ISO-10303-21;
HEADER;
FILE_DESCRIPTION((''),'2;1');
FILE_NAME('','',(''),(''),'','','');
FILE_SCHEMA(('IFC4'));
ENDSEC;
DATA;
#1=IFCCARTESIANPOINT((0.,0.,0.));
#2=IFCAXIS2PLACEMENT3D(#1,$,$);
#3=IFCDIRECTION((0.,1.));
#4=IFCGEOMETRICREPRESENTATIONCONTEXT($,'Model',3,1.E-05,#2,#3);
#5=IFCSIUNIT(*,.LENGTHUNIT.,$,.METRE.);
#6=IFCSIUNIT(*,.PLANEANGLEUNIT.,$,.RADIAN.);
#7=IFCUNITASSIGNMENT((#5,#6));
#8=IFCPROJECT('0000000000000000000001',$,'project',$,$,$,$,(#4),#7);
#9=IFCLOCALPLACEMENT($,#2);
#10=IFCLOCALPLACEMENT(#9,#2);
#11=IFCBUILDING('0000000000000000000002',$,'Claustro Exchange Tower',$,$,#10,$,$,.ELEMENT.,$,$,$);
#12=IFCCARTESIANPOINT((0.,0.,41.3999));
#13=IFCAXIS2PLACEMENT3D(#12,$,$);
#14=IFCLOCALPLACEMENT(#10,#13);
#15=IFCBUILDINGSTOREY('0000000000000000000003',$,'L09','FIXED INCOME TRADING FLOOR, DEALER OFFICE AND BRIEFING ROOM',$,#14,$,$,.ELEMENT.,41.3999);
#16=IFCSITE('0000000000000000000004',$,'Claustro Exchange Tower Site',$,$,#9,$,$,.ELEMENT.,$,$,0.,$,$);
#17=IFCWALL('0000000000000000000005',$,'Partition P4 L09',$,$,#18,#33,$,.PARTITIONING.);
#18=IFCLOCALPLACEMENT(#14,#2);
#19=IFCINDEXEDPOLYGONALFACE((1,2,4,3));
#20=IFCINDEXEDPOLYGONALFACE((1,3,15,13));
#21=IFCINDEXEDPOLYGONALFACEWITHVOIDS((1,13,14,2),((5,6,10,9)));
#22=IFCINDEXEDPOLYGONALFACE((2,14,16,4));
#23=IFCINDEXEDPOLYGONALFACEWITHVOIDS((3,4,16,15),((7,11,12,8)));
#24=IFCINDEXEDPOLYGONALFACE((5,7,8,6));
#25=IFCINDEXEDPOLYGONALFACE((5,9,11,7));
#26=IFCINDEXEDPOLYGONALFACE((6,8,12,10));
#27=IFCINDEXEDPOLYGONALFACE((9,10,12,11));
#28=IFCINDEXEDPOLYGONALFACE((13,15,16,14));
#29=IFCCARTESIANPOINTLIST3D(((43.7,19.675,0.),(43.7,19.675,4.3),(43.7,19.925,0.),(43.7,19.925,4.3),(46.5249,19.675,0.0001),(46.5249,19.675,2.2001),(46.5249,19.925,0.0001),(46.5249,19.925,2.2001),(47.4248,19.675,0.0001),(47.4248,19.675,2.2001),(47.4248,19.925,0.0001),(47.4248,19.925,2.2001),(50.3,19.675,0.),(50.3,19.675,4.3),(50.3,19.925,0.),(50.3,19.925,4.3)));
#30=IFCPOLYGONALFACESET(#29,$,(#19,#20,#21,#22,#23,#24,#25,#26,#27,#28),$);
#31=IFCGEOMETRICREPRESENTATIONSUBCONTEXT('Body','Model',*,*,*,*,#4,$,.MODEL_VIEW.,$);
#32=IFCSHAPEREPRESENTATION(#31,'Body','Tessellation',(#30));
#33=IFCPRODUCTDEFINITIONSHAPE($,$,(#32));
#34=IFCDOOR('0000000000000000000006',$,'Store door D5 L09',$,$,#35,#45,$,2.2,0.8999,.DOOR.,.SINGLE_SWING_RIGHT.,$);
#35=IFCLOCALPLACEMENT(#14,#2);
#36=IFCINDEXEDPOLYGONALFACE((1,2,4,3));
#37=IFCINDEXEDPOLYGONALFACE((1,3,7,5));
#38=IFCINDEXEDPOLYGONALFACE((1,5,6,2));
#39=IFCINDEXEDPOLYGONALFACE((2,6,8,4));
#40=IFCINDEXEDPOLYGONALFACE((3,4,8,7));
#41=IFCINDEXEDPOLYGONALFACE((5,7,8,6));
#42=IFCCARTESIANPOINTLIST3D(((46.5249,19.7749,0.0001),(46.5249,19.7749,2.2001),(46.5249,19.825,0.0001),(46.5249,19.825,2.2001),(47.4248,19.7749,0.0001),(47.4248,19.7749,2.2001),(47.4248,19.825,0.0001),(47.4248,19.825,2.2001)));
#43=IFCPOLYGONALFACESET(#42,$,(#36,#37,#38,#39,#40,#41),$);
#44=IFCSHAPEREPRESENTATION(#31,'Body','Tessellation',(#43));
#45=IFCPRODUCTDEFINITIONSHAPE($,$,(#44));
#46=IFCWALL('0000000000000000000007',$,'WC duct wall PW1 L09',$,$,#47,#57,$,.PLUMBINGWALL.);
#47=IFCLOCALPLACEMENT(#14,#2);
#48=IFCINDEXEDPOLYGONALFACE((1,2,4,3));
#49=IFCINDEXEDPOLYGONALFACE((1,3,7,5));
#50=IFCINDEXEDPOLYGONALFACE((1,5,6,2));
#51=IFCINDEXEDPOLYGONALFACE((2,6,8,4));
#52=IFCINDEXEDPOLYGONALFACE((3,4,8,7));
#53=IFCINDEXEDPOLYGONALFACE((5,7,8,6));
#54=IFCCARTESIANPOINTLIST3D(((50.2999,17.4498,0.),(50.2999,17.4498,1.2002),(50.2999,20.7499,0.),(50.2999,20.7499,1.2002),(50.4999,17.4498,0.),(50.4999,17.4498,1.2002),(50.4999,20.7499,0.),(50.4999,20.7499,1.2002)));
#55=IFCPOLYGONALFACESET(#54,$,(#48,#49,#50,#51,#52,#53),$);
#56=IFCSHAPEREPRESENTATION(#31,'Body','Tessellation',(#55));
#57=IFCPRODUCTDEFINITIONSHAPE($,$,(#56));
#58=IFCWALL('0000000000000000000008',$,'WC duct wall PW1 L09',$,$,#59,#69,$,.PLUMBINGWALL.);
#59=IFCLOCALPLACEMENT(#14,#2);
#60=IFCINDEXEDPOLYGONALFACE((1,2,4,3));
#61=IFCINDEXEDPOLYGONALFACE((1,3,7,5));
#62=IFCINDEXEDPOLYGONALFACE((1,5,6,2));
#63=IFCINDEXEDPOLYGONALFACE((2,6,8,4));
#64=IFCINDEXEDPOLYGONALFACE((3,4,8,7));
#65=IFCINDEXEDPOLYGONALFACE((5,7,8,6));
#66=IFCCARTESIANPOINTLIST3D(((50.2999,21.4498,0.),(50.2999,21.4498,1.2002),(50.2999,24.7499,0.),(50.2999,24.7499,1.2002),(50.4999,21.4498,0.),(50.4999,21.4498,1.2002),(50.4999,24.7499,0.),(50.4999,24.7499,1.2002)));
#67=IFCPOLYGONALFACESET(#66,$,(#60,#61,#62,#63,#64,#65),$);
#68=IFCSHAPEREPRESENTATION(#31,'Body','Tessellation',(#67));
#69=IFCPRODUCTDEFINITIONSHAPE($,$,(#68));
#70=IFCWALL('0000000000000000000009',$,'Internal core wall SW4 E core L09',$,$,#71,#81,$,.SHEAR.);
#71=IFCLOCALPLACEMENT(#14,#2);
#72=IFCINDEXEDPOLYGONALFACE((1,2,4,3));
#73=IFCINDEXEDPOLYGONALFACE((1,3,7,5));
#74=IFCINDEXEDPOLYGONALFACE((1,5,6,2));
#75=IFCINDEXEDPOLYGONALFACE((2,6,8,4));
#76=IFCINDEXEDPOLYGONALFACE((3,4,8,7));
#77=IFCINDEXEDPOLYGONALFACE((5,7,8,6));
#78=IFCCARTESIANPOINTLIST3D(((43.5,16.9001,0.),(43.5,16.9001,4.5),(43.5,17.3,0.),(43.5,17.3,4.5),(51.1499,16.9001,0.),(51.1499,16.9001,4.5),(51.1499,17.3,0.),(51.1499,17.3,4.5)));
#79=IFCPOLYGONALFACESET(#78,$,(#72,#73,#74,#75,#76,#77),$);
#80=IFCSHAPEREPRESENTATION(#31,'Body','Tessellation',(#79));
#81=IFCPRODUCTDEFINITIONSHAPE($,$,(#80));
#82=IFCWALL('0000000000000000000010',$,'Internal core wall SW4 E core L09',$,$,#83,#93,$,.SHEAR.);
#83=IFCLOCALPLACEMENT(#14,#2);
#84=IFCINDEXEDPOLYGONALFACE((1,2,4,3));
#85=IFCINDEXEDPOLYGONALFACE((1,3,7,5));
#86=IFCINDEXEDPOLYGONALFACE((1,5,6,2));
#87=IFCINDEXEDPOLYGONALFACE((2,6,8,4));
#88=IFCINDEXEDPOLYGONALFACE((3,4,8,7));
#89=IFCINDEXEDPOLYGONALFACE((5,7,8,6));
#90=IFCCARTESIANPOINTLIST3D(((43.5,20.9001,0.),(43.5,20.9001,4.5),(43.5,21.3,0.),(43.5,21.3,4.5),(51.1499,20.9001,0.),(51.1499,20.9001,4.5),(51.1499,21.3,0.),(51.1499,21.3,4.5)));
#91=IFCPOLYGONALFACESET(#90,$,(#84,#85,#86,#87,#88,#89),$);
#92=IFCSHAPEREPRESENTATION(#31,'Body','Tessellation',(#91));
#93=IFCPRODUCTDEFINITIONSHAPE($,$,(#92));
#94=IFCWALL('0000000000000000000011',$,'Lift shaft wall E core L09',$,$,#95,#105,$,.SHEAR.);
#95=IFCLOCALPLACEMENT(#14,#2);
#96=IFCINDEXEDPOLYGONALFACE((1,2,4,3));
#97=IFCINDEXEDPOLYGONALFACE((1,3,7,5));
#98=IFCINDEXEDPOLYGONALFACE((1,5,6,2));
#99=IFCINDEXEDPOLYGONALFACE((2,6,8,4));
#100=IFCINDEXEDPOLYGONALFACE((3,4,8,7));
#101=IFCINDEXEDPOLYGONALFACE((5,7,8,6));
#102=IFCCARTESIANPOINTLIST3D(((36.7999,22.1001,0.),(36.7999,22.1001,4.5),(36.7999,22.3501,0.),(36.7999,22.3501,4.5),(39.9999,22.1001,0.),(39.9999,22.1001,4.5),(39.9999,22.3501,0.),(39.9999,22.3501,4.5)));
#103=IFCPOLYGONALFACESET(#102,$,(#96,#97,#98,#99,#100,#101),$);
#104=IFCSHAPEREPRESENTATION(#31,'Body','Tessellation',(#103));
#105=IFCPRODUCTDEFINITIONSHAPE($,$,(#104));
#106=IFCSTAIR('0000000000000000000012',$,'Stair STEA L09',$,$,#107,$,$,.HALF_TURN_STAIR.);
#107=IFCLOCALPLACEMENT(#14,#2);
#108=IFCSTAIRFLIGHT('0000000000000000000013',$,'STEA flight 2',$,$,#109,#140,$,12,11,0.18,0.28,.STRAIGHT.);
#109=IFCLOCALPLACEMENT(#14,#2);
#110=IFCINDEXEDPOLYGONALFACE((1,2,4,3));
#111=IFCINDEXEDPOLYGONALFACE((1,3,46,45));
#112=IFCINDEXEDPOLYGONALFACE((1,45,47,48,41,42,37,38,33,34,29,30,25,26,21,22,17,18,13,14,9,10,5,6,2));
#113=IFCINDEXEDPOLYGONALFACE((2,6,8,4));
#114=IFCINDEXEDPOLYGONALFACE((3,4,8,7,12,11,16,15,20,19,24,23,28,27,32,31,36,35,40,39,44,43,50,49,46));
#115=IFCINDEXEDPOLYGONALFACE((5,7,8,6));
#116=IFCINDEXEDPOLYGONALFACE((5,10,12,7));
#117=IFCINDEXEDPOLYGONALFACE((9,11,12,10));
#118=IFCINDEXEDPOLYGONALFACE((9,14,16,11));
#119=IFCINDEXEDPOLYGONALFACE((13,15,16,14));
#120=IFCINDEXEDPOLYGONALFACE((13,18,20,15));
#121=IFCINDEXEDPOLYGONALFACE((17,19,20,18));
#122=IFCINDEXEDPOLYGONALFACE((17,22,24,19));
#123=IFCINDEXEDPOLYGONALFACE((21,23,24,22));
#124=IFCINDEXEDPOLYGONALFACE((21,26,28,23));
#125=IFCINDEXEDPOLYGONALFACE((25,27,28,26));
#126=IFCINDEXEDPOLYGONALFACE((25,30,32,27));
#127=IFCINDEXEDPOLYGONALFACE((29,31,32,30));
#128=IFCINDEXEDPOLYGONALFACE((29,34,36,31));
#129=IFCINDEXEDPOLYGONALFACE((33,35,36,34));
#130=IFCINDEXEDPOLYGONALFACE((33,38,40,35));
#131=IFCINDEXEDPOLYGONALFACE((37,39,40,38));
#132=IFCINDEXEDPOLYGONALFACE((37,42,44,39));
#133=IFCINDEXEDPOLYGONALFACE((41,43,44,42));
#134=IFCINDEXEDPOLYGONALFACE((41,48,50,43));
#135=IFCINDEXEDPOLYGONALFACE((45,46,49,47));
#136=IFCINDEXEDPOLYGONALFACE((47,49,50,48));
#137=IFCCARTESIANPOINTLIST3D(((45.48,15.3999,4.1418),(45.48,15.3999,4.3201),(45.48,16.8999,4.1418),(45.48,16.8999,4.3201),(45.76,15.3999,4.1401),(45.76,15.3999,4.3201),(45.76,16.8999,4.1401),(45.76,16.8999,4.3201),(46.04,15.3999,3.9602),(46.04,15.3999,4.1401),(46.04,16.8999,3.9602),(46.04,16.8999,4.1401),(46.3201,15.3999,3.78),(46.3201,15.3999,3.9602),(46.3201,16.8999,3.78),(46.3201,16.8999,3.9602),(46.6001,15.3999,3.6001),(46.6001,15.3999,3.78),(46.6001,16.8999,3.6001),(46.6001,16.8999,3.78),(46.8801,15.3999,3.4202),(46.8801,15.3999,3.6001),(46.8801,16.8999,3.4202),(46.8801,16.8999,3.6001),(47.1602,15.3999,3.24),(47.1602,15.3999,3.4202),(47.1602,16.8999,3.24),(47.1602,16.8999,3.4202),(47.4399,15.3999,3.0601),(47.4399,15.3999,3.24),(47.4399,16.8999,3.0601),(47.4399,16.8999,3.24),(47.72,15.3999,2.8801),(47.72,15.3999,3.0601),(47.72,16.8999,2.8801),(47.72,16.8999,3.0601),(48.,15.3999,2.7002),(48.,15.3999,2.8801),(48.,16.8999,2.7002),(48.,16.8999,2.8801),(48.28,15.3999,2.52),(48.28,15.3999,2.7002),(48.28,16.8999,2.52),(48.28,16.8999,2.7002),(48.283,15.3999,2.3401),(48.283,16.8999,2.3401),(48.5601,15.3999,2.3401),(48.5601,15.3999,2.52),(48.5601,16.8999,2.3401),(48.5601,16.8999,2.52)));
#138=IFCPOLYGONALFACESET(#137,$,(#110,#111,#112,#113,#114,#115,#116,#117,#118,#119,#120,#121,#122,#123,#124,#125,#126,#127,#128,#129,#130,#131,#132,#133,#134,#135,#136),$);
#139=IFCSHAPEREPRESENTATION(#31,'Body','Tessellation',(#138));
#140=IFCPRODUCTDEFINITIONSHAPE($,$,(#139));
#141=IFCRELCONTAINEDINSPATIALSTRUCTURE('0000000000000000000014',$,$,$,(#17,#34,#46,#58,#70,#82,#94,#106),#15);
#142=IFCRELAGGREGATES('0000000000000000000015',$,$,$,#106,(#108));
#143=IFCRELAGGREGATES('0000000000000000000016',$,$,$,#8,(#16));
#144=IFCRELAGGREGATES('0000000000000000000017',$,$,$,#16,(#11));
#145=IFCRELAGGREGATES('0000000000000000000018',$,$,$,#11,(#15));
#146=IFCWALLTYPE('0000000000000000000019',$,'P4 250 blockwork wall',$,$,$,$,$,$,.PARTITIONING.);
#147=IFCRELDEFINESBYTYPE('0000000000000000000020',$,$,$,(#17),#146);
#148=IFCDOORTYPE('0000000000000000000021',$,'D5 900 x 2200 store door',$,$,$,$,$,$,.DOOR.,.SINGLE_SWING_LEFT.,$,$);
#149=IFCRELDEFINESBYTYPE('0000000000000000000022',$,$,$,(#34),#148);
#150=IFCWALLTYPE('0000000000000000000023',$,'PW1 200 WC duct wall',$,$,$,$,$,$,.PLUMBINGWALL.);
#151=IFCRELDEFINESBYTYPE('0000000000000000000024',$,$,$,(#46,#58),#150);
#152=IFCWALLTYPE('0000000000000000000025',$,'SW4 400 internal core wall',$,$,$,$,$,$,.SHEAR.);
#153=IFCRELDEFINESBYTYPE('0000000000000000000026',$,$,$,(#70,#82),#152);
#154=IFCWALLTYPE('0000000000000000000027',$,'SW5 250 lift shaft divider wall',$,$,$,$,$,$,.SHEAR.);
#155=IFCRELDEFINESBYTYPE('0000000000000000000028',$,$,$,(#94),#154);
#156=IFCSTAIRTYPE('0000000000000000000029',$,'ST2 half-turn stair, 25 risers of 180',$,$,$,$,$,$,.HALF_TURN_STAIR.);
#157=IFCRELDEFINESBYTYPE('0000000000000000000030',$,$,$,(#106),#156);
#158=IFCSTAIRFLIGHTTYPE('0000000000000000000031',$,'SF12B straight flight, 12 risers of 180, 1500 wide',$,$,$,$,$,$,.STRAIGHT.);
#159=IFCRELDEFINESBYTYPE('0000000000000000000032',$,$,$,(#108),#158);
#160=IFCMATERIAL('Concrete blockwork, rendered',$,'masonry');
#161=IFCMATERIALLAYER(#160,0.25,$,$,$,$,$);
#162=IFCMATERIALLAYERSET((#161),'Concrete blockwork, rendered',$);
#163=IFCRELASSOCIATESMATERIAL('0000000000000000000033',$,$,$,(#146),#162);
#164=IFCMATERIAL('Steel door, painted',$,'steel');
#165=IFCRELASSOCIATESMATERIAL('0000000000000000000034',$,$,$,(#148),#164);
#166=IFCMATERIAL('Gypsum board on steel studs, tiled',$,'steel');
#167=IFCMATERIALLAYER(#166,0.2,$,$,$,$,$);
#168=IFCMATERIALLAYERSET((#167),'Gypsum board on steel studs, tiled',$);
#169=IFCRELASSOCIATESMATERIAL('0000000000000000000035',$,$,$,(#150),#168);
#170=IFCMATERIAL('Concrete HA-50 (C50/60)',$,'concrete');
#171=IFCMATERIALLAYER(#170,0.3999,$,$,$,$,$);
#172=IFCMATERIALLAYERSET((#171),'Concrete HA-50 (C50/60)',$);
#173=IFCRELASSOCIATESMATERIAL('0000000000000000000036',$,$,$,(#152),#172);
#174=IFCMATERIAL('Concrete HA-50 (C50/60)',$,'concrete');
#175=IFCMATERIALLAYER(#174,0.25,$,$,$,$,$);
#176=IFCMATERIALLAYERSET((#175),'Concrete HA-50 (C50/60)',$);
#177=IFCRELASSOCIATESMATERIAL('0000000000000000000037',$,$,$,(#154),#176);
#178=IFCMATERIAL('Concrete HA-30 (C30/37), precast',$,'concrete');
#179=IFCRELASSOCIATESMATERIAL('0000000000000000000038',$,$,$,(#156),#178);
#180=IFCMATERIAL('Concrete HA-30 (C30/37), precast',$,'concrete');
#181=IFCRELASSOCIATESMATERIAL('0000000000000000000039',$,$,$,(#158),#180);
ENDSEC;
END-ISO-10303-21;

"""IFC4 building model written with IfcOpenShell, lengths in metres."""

from ifc_helpers import new_model, si_unit, direction, frame, frame_2d, origin, place, context, subcontext, project, spatial, polyline, rectangle, outline, extrude, material, layer, layer_set, type_object, element, fill, aggregate, save


model = new_model("IFC4")

# Units and contexts
model_context = context("Model", 3, precision=1e-05, world=origin(), true_north=direction((0.0, 1.0)))
body_context = subcontext(model_context, "Body", "Model", "MODEL_VIEW")
ifc_project = project(units=[si_unit("LENGTHUNIT", "METRE"), si_unit("PLANEANGLEUNIT", "RADIAN")], contexts=[model_context])

# Site, building, storey
site_placement = place(None, origin())
site = spatial("IfcSite", under=ifc_project, at=site_placement, Name="Claustro Exchange Tower Site", CompositionType="ELEMENT", RefElevation=0.0)
building_placement = place(site_placement, origin())
building = spatial("IfcBuilding", under=site, at=building_placement, Name="Claustro Exchange Tower", CompositionType="ELEMENT")
storey_placement = place(building_placement, frame((0.0, 0.0, 41.3999)))
storey = spatial("IfcBuildingStorey", under=building, at=storey_placement, Name="L09", Description="FIXED INCOME TRADING FLOOR, DEALER OFFICE AND BRIEFING ROOM", CompositionType="ELEMENT", Elevation=41.3999)

# Wall, opening, door
ifc_material_1 = material(Name="Concrete blockwork, rendered", Category="masonry")
ifc_layer_1 = layer(ifc_material_1, 0.25)
ifc_layer_set_1 = layer_set([ifc_layer_1], Name="Concrete blockwork, rendered")
wall_type_1 = type_object("IfcWallType", Name="P4 250 blockwork wall", PredefinedType="PARTITIONING", material=ifc_layer_set_1)
wall_1_placement = place(storey_placement, frame((43.7, 19.8, 0.0), z_axis=(0.0, 0.0, 1.0), x_axis=(1.0, 0.0, 0.0)))
wall_1 = element("IfcWall", 1, at=wall_1_placement, inside=storey, type_object=wall_type_1, Name="Partition P4 L09", PredefinedType="PARTITIONING", context=body_context, shape_type="SweptSolid", body=[
    extrude(rectangle(XDim=6.6001, YDim=0.25, at=frame_2d((3.3, 0.0))), origin(), (0.0, 0.0, 1.0), 4.3),
])
opening_placement = place(wall_1_placement, frame((2.825, 0.0, 0.0)))
opening = element("IfcOpeningElement", 2, at=opening_placement, cuts=wall_1, PredefinedType="OPENING", context=body_context, shape_type="SweptSolid", body=[
    extrude(rectangle(XDim=0.8999, YDim=2.2, at=frame_2d((0.45, 1.1001))), frame((0.0, 0.135, 0.0), z_axis=(0.0, -1.0, 0.0), x_axis=(1.0, 0.0, 0.0)), (0.0, 0.0, 1.0), 0.27),
])
ifc_material_2 = material(Name="Steel door, painted", Category="steel")
door_type = type_object("IfcDoorType", Name="D5 900 x 2200 store door", OperationType="SINGLE_SWING_LEFT", PredefinedType="DOOR", material=ifc_material_2)
door_placement = place(opening_placement, origin())
door = element("IfcDoor", 3, at=door_placement, inside=storey, type_object=door_type, Name="Store door D5 L09", OperationType="SINGLE_SWING_RIGHT", OverallHeight=2.2, OverallWidth=0.8999, PredefinedType="DOOR", context=body_context, shape_type="SweptSolid", body=[
    extrude(rectangle(XDim=0.8999, YDim=2.2, at=frame_2d((0.45, 1.1001))), frame((0.0, 0.0249, 0.0), z_axis=(0.0, -1.0, 0.0), x_axis=(1.0, 0.0, 0.0)), (0.0, 0.0, 1.0), 0.05),
])
fill(opening, door)

# Walls
ifc_material_3 = material(Name="Gypsum board on steel studs, tiled", Category="steel")
ifc_layer_2 = layer(ifc_material_3, 0.2)
ifc_layer_set_2 = layer_set([ifc_layer_2], Name="Gypsum board on steel studs, tiled")
wall_type_2 = type_object("IfcWallType", Name="PW1 200 WC duct wall", PredefinedType="PLUMBINGWALL", material=ifc_layer_set_2)
for number, where, z_axis, x_axis, name in (
    (4, (50.3999, 17.45, 0.0), (0.0, 0.0, 1.0), (0.0, 1.0, 0.0), "WC duct wall PW1 L09"),
    (5, (50.3999, 21.45, 0.0), (0.0, 0.0, 1.0), (0.0, 1.0, 0.0), "WC duct wall PW1 L09"),
):
    element("IfcWall", number, at=place(storey_placement, frame(where, z_axis=z_axis, x_axis=x_axis)), inside=storey, type_object=wall_type_2, Name=name, PredefinedType="PLUMBINGWALL", context=body_context, shape_type="SweptSolid", body=[
        extrude(rectangle(XDim=3.3, YDim=0.2, at=frame_2d((1.6499, 0.0))), origin(), (0.0, 0.0, 1.0), 1.2002),
    ])
ifc_material_4 = material(Name="Concrete HA-50 (C50/60)", Category="concrete")
ifc_layer_3 = layer(ifc_material_4, 0.3999)
ifc_layer_set_3 = layer_set([ifc_layer_3], Name="Concrete HA-50 (C50/60)")
wall_type_3 = type_object("IfcWallType", Name="SW4 400 internal core wall", PredefinedType="SHEAR", material=ifc_layer_set_3)
for number, where, z_axis, x_axis, name in (
    (6, (51.1499, 17.1001, 0.0), (0.0, 0.0, 1.0), (-1.0, 0.0, 0.0), "Internal core wall SW4 E core L09"),
    (7, (51.1499, 21.1001, 0.0), (0.0, 0.0, 1.0), (-1.0, 0.0, 0.0), "Internal core wall SW4 E core L09"),
):
    element("IfcWall", number, at=place(storey_placement, frame(where, z_axis=z_axis, x_axis=x_axis)), inside=storey, type_object=wall_type_3, Name=name, PredefinedType="SHEAR", context=body_context, shape_type="SweptSolid", body=[
        extrude(rectangle(XDim=7.6499, YDim=0.3999, at=frame_2d((3.825, 0.0))), origin(), (0.0, 0.0, 1.0), 4.5),
    ])
ifc_material_5 = material(Name="Concrete HA-50 (C50/60)", Category="concrete")
ifc_layer_4 = layer(ifc_material_5, 0.25)
ifc_layer_set_4 = layer_set([ifc_layer_4], Name="Concrete HA-50 (C50/60)")
wall_type_4 = type_object("IfcWallType", Name="SW5 250 lift shaft divider wall", PredefinedType="SHEAR", material=ifc_layer_set_4)
wall_2_placement = place(storey_placement, frame((40.0, 22.2251, 0.0), z_axis=(0.0, 0.0, 1.0), x_axis=(-1.0, 0.0, 0.0)))
element("IfcWall", 8, at=wall_2_placement, inside=storey, type_object=wall_type_4, Name="Lift shaft wall E core L09", PredefinedType="SHEAR", context=body_context, shape_type="SweptSolid", body=[
    extrude(rectangle(XDim=3.2, YDim=0.25, at=frame_2d((1.6001, 0.0))), origin(), (0.0, 0.0, 1.0), 4.5),
])

# Stair, stair flight
ifc_material_6 = material(Name="Concrete HA-30 (C30/37), precast", Category="concrete")
stair_type = type_object("IfcStairType", Name="ST2 half-turn stair, 25 risers of 180", PredefinedType="HALF_TURN_STAIR", material=ifc_material_6)
stair_placement = place(storey_placement, origin())
stair = element("IfcStair", 9, at=stair_placement, inside=storey, type_object=stair_type, Name="Stair STEA L09", PredefinedType="HALF_TURN_STAIR")
ifc_material_7 = material(Name="Concrete HA-30 (C30/37), precast", Category="concrete")
stair_flight_type = type_object("IfcStairFlightType", Name="SF12B straight flight, 12 risers of 180, 1500 wide", PredefinedType="STRAIGHT", material=ifc_material_7)
stair_flight_placement = place(storey_placement, frame((48.5601, 16.1499, 2.3401), z_axis=(0.0, 0.0, 1.0), x_axis=(-1.0, 0.0, 0.0)))
stair_flight = element("IfcStairFlight", 10, at=stair_flight_placement, type_object=stair_flight_type, Name="STEA flight 2", NumberOfRisers=12, NumberOfTreads=11, PredefinedType="STRAIGHT", RiserHeight=0.18, TreadLength=0.28, context=body_context, shape_type="SweptSolid", body=[
    extrude(outline(polyline([(0.0, 0.0), (0.0, 0.1799), (0.28, 0.1799), (0.28, 0.3601), (0.5601, 0.3601), (0.5601, 0.54), (0.8401, 0.54), (0.8401, 0.72), (1.1201, 0.72), (1.1201, 0.8999), (1.3999, 0.8999), (1.3999, 1.0801), (1.6799, 1.0801), (1.6799, 1.26), (1.96, 1.26), (1.96, 1.4399), (2.24, 1.4399), (2.24, 1.6201), (2.52, 1.6201), (2.52, 1.8), (2.8, 1.8), (2.8, 1.98), (3.0801, 1.98), (3.0801, 2.1599), (3.0801, 1.8018), (0.2771, 0.0), (0.0, 0.0)])), frame((0.0, 0.75, 0.0), z_axis=(0.0, -1.0, 0.0), x_axis=(1.0, 0.0, 0.0)), (0.0, 0.0, 1.0), 1.5),
])
aggregate(stair, [stair_flight])

save(model, "model.ifc")
